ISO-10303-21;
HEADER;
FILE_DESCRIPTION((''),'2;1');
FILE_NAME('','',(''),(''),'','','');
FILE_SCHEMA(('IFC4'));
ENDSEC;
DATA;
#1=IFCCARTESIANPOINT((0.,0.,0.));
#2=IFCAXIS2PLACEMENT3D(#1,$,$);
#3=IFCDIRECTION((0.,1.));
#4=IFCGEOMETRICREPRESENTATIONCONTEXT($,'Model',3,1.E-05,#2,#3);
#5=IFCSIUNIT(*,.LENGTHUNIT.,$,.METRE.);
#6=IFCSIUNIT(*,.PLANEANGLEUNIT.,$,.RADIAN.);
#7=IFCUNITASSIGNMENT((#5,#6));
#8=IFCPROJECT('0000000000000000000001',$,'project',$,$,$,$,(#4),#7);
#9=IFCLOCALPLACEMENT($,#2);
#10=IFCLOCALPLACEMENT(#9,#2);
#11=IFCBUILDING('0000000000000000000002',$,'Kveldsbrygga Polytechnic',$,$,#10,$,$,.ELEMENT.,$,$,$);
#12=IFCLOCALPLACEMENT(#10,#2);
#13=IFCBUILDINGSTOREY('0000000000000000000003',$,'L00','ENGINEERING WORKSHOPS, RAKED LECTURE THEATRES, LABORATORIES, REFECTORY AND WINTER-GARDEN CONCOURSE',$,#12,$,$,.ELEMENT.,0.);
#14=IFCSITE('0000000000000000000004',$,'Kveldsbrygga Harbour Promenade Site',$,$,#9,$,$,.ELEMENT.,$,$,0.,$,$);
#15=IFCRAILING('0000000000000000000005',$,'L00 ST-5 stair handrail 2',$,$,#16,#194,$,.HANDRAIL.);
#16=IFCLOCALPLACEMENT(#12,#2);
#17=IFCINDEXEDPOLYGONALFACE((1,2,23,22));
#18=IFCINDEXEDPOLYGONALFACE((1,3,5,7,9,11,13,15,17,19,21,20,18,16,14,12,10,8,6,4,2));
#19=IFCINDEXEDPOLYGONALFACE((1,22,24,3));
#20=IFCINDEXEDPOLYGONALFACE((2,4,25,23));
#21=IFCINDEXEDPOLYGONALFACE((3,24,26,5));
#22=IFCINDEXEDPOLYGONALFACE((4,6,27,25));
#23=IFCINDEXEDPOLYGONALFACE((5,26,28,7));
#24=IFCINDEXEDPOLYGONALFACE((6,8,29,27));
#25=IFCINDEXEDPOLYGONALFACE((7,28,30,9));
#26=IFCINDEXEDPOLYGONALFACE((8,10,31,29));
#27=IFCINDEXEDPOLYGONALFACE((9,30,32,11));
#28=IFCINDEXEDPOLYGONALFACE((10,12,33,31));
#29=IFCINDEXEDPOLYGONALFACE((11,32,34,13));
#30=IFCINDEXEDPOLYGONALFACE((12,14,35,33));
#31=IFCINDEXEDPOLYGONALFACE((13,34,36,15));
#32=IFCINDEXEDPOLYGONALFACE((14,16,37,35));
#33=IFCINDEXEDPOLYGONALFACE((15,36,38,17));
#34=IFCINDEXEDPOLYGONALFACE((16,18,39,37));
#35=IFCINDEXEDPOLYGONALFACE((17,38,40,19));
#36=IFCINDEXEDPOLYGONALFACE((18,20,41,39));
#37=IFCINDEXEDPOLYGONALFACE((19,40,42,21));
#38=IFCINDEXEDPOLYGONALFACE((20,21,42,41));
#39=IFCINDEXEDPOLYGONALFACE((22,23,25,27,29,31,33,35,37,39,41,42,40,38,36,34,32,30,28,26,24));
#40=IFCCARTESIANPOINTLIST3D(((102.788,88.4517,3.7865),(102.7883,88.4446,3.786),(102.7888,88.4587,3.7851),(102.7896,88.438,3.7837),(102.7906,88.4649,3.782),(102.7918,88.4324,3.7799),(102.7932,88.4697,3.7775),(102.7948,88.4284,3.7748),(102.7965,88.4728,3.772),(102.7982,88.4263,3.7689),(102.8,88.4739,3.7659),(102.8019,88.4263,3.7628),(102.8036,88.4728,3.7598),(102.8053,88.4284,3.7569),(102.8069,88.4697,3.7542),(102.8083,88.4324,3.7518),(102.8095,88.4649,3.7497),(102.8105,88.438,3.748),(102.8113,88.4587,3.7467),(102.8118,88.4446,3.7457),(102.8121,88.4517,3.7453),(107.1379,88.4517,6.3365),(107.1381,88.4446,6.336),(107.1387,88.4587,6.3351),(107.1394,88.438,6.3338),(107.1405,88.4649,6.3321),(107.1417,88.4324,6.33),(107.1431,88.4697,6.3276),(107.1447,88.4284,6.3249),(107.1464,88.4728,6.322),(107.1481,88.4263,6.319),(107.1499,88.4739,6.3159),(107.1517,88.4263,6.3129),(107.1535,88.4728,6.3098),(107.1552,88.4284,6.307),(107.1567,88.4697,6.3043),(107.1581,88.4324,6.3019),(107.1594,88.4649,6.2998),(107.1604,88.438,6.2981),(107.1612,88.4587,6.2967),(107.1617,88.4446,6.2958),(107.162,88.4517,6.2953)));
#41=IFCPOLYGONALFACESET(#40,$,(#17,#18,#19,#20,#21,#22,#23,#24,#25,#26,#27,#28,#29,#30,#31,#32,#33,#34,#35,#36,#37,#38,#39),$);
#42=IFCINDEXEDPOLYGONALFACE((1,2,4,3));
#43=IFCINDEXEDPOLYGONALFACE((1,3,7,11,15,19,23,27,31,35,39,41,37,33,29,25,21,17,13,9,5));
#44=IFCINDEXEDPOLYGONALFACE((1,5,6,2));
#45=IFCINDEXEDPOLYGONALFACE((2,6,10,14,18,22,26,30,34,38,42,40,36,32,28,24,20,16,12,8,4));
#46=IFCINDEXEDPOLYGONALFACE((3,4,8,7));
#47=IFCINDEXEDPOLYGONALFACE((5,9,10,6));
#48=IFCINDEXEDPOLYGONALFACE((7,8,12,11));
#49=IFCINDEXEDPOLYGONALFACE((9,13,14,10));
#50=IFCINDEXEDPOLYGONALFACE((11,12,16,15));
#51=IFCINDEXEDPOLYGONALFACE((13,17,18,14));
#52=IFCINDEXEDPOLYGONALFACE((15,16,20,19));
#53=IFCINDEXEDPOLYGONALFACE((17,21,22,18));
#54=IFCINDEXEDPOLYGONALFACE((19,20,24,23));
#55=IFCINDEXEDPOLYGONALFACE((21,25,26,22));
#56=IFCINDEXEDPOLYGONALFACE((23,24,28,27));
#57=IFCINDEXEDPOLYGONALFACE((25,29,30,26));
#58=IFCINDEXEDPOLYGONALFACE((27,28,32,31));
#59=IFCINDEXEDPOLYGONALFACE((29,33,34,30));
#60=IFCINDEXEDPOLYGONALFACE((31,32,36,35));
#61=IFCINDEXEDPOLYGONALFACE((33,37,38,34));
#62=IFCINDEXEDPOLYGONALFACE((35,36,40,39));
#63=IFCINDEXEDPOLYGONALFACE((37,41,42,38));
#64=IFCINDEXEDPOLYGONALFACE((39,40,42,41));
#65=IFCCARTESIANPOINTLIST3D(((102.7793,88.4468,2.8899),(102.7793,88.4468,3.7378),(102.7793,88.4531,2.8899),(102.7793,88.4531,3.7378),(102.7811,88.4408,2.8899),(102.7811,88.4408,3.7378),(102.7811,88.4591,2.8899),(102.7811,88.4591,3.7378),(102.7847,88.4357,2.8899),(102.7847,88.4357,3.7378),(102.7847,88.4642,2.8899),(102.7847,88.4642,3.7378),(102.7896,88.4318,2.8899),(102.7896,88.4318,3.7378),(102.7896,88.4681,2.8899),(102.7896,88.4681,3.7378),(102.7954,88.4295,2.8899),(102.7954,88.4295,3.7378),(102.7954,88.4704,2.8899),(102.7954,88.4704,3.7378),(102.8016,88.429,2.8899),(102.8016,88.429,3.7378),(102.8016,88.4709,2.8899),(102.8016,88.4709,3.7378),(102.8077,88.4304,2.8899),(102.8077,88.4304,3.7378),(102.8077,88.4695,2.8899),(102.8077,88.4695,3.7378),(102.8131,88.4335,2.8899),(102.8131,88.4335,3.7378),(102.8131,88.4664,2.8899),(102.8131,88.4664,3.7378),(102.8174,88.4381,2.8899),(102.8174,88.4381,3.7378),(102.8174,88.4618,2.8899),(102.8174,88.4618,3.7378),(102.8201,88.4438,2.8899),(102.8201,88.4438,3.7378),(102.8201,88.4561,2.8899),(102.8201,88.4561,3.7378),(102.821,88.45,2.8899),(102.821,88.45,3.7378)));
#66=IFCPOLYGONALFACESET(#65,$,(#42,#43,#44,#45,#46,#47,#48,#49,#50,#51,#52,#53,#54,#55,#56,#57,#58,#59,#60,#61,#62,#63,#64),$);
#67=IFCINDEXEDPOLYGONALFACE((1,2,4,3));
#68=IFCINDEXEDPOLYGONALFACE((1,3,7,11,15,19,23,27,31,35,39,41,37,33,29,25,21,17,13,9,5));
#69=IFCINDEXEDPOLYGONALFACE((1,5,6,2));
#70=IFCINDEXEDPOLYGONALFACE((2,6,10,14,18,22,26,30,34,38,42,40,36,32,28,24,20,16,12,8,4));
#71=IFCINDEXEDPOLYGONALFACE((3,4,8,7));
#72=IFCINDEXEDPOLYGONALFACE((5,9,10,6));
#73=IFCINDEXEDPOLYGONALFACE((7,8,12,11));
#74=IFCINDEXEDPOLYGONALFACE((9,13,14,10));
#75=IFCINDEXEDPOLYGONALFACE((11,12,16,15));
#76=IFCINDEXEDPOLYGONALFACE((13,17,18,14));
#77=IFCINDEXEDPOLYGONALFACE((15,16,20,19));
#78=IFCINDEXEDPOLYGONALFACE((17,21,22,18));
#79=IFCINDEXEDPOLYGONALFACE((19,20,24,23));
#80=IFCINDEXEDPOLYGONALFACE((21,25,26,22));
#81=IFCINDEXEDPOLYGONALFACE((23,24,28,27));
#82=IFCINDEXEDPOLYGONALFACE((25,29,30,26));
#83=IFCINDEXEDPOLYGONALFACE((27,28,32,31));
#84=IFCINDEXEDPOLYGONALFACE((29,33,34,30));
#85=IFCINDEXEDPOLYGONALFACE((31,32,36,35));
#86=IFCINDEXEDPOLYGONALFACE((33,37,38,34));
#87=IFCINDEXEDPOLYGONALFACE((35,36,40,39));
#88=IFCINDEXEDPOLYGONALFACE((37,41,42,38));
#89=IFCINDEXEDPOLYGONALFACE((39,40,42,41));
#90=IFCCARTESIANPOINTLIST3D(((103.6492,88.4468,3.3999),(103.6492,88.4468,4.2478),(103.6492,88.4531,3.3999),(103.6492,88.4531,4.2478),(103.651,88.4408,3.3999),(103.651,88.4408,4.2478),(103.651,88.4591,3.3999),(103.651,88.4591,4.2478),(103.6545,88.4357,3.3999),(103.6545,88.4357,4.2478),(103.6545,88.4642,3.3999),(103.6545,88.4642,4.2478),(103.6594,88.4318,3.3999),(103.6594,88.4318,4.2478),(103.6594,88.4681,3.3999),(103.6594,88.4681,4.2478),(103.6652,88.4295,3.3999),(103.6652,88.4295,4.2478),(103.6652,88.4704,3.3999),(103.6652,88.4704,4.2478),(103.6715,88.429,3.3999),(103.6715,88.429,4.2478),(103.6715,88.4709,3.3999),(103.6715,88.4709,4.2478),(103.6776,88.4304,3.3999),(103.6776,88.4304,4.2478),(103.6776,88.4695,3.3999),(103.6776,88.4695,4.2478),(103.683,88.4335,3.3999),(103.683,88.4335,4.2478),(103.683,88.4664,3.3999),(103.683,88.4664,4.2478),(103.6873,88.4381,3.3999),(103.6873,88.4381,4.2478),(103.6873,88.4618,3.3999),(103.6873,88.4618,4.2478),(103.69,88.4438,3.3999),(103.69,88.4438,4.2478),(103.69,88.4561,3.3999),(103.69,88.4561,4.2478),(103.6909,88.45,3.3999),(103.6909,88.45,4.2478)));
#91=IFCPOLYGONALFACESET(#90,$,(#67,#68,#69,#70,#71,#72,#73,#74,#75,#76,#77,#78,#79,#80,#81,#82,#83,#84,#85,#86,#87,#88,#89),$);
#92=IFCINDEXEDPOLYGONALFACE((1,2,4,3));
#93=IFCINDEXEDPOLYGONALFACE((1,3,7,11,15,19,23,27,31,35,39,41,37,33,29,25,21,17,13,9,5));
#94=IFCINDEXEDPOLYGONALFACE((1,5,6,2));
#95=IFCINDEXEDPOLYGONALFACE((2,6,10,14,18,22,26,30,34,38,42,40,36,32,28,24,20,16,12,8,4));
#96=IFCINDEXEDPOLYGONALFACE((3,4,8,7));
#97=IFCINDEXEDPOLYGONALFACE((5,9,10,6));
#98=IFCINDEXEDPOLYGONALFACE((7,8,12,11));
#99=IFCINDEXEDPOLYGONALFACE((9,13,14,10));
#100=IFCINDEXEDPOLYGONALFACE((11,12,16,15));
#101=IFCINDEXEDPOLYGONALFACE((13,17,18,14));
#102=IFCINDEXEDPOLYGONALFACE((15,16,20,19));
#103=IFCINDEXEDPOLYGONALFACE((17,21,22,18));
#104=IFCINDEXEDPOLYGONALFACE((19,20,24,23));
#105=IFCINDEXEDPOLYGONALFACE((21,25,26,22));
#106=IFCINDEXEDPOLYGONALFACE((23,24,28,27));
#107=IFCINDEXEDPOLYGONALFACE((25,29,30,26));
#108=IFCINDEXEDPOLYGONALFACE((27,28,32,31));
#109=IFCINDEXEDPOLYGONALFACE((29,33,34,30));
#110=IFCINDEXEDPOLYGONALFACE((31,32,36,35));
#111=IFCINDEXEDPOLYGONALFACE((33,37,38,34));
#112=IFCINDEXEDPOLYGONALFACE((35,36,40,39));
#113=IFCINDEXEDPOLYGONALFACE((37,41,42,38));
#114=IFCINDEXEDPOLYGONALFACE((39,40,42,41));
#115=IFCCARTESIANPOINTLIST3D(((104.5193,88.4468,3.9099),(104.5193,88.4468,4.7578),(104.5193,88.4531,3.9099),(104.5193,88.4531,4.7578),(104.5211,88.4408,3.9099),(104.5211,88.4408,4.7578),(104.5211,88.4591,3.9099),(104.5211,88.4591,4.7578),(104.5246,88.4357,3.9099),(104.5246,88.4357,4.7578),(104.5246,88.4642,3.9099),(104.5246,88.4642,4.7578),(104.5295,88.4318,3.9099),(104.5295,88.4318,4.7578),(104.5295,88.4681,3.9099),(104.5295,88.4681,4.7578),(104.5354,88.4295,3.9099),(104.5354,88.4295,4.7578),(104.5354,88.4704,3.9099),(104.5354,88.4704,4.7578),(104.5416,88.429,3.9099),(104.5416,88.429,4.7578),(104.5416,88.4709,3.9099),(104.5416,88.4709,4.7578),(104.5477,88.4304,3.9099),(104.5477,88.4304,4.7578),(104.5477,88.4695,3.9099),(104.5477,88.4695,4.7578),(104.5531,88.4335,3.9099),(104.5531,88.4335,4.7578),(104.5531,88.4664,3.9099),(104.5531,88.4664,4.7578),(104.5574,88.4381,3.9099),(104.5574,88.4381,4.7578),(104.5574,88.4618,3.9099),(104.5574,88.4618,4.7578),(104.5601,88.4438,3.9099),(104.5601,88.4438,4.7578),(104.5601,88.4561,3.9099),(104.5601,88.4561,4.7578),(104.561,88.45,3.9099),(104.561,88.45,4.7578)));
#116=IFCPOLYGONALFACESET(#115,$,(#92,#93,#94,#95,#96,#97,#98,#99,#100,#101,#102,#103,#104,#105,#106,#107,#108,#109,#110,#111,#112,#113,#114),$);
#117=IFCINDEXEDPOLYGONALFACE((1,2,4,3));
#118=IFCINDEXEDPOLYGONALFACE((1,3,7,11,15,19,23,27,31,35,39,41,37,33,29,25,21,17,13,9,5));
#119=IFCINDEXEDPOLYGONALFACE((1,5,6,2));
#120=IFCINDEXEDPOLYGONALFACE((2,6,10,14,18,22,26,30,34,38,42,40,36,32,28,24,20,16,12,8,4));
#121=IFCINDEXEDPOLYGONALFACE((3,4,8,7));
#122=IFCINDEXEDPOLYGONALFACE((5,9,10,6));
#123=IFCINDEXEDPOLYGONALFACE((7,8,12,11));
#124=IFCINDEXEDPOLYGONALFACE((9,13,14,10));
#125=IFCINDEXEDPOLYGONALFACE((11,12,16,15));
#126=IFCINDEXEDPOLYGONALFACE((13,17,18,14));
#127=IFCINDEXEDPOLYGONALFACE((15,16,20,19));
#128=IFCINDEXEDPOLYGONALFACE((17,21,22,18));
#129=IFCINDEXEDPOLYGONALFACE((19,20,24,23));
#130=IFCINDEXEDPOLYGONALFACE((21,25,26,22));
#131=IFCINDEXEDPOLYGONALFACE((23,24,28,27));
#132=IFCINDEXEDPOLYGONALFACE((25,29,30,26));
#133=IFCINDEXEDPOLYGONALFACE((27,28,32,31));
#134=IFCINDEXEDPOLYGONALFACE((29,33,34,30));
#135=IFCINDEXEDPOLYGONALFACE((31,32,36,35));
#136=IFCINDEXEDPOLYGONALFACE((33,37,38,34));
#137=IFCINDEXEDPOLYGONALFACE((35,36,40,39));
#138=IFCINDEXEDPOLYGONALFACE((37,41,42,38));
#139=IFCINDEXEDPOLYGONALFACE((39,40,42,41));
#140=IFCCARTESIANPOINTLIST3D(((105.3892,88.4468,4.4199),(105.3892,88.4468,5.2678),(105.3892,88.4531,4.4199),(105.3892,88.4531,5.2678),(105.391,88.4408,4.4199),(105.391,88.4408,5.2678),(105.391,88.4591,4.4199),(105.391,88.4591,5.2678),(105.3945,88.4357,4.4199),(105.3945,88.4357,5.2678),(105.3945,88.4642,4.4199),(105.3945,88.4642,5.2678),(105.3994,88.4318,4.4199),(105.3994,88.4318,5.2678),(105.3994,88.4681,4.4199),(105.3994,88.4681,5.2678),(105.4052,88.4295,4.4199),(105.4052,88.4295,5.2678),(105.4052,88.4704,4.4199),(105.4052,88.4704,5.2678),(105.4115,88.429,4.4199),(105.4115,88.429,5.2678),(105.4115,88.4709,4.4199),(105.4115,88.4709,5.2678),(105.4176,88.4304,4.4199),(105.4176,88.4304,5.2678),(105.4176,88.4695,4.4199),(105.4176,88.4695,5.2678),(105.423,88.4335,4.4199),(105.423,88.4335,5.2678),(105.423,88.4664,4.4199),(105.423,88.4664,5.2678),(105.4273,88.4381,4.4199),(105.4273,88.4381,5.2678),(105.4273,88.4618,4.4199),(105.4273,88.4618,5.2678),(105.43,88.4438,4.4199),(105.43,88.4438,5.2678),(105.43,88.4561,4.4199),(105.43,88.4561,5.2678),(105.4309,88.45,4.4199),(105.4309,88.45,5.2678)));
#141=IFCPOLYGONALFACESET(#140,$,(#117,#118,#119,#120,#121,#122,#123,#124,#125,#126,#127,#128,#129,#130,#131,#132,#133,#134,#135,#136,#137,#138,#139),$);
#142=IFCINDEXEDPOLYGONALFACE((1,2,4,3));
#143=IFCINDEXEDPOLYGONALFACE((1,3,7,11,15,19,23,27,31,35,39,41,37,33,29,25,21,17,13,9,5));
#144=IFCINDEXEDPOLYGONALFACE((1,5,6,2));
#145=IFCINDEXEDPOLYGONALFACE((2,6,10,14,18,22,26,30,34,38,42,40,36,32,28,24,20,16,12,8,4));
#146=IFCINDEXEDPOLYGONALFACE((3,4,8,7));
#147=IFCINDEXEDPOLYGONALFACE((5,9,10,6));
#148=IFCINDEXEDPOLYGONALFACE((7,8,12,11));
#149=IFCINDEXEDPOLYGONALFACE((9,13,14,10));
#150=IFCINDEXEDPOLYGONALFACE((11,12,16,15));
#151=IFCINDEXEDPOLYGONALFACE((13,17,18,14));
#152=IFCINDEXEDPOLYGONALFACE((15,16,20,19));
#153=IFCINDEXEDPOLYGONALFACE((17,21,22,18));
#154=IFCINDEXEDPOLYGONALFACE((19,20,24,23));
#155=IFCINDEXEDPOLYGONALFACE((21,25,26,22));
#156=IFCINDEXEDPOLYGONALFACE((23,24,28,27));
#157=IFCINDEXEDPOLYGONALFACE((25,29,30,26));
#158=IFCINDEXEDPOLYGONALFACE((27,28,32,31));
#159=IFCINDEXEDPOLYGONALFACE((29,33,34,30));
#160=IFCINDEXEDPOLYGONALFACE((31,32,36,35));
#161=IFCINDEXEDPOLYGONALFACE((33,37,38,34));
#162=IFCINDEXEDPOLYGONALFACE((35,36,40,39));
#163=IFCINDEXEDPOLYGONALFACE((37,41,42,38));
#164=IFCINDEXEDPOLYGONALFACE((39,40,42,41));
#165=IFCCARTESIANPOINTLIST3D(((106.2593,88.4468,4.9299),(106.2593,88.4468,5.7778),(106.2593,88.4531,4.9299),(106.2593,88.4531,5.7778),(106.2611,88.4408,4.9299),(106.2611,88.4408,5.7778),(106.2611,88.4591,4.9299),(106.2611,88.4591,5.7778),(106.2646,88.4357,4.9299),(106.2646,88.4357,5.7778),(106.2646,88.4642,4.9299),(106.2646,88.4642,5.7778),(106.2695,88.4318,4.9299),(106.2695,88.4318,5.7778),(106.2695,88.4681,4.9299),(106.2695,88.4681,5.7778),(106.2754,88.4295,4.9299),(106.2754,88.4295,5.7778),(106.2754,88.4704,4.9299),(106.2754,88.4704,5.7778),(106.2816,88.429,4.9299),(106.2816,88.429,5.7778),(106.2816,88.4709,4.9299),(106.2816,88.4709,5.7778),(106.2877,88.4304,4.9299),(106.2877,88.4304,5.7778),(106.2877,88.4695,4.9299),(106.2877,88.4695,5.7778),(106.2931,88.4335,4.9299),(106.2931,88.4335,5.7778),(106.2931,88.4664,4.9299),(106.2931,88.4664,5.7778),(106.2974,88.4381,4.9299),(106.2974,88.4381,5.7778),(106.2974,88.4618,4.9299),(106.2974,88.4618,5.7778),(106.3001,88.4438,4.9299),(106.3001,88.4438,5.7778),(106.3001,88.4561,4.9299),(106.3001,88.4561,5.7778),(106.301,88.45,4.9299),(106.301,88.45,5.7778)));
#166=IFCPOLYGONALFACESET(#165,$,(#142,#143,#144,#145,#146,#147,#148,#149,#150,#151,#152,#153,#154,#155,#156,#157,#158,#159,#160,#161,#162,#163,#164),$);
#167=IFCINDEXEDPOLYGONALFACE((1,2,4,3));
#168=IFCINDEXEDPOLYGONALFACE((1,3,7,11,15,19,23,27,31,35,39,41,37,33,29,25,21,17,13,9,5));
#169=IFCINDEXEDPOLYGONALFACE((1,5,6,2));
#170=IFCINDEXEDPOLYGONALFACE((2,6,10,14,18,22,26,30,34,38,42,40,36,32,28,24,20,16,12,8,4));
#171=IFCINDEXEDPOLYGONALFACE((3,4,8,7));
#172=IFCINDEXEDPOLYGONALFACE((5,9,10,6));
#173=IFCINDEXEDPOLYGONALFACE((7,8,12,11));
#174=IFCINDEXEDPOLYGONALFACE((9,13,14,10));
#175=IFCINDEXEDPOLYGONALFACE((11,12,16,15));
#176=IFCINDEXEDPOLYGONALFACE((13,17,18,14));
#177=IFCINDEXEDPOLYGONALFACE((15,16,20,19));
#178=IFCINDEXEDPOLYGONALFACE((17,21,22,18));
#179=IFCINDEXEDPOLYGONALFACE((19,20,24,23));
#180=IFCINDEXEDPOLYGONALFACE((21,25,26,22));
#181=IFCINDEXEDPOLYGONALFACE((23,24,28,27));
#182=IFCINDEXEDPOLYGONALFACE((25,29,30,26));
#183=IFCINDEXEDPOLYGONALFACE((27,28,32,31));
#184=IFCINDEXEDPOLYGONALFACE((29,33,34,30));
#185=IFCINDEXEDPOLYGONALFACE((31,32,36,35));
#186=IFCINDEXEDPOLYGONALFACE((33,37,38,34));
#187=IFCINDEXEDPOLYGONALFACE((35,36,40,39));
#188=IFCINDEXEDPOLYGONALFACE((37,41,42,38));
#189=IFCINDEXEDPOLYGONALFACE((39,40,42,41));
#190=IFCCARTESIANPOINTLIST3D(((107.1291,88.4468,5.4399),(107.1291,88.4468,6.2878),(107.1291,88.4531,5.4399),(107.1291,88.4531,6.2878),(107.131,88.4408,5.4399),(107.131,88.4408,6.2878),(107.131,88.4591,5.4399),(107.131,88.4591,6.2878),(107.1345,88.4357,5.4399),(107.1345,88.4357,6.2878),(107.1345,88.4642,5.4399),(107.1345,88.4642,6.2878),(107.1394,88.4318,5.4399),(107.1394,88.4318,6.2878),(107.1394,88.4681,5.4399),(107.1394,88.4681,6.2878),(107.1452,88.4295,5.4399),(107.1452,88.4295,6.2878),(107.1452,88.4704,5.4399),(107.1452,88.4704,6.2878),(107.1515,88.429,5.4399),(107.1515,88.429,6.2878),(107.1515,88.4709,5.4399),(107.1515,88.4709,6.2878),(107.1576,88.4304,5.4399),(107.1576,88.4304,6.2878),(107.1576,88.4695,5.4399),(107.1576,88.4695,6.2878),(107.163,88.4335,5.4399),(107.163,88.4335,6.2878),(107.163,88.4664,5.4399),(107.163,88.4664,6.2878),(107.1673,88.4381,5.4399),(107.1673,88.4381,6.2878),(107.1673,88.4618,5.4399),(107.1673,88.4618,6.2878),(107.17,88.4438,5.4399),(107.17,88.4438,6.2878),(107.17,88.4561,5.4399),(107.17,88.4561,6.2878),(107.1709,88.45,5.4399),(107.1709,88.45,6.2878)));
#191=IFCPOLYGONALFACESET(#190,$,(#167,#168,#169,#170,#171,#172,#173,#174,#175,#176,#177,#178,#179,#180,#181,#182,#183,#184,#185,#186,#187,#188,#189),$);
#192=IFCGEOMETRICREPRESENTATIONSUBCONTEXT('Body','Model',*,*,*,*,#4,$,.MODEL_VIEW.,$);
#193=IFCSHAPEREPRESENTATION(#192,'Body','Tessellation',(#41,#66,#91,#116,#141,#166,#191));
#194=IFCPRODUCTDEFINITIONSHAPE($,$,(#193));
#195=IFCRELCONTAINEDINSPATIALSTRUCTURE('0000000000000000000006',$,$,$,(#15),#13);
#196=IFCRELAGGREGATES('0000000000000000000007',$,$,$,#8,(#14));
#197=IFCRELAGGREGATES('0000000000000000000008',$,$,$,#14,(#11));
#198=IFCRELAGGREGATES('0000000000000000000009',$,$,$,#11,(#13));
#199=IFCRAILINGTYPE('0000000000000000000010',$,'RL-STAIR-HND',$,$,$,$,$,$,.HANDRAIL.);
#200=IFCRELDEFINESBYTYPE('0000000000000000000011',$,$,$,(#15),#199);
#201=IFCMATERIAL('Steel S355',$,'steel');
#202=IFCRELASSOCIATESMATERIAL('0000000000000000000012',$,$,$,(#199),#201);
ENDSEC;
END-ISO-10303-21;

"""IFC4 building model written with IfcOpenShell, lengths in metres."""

from ifc_helpers import new_model, si_unit, direction, frame, origin, origin_2d, place, context, subcontext, project, spatial, circle, extrude, material, type_object, element, save


model = new_model("IFC4")

# Units and contexts
model_context = context("Model", 3, precision=1e-05, world=origin(), true_north=direction((0.0, 1.0)))
body_context = subcontext(model_context, "Body", "Model", "MODEL_VIEW")
ifc_project = project(units=[si_unit("LENGTHUNIT", "METRE"), si_unit("PLANEANGLEUNIT", "RADIAN")], contexts=[model_context])

# Site, building, storey
site_placement = place(None, origin())
site = spatial("IfcSite", under=ifc_project, at=site_placement, Name="Kveldsbrygga Harbour Promenade Site", CompositionType="ELEMENT", RefElevation=0.0)
building_placement = place(site_placement, origin())
building = spatial("IfcBuilding", under=site, at=building_placement, Name="Kveldsbrygga Polytechnic", CompositionType="ELEMENT")
storey_placement = place(building_placement, origin())
storey = spatial("IfcBuildingStorey", under=building, at=storey_placement, Name="L00", Description="ENGINEERING WORKSHOPS, RAKED LECTURE THEATRES, LABORATORIES, REFECTORY AND WINTER-GARDEN CONCOURSE", CompositionType="ELEMENT", Elevation=0.0)

# Railing
ifc_material_1 = material(Name="Steel S355", Category="steel")
railing_type_1 = type_object("IfcRailingType", Name="RL-STAIR-HND", PredefinedType="HANDRAIL", material=ifc_material_1)
railing_1_placement = place(storey_placement, frame((102.8, 88.45, 2.8899)))
element("IfcRailing", 1, at=railing_1_placement, inside=storey, type_object=railing_type_1, Name="L00 ST-5 stair handrail 2", PredefinedType="HANDRAIL", context=body_context, shape_type="SweptSolid", body=[
    extrude(circle(Radius=0.0239, at=origin_2d()), frame((0.0, 0.0, 0.876), z_axis=(0.862686, 0.0, 0.505739), x_axis=(0.0, 1.0, 0.0)), (0.0, 0.0, 1.0), 5.0422),
    extrude(circle(Radius=0.021, at=origin_2d()), origin(), (0.0, 0.0, 1.0), 0.8479),
    extrude(circle(Radius=0.021, at=origin_2d()), frame((0.8699, 0.0, 0.51)), (0.0, 0.0, 1.0), 0.8479),
    extrude(circle(Radius=0.021, at=origin_2d()), frame((1.74, 0.0, 1.02)), (0.0, 0.0, 1.0), 0.8479),
    extrude(circle(Radius=0.021, at=origin_2d()), frame((2.6099, 0.0, 1.53)), (0.0, 0.0, 1.0), 0.8479),
    extrude(circle(Radius=0.021, at=origin_2d()), frame((3.48, 0.0, 2.04)), (0.0, 0.0, 1.0), 0.8479),
    extrude(circle(Radius=0.021, at=origin_2d()), frame((4.3499, 0.0, 2.55)), (0.0, 0.0, 1.0), 0.8479),
])

save(model, "model.ifc")
